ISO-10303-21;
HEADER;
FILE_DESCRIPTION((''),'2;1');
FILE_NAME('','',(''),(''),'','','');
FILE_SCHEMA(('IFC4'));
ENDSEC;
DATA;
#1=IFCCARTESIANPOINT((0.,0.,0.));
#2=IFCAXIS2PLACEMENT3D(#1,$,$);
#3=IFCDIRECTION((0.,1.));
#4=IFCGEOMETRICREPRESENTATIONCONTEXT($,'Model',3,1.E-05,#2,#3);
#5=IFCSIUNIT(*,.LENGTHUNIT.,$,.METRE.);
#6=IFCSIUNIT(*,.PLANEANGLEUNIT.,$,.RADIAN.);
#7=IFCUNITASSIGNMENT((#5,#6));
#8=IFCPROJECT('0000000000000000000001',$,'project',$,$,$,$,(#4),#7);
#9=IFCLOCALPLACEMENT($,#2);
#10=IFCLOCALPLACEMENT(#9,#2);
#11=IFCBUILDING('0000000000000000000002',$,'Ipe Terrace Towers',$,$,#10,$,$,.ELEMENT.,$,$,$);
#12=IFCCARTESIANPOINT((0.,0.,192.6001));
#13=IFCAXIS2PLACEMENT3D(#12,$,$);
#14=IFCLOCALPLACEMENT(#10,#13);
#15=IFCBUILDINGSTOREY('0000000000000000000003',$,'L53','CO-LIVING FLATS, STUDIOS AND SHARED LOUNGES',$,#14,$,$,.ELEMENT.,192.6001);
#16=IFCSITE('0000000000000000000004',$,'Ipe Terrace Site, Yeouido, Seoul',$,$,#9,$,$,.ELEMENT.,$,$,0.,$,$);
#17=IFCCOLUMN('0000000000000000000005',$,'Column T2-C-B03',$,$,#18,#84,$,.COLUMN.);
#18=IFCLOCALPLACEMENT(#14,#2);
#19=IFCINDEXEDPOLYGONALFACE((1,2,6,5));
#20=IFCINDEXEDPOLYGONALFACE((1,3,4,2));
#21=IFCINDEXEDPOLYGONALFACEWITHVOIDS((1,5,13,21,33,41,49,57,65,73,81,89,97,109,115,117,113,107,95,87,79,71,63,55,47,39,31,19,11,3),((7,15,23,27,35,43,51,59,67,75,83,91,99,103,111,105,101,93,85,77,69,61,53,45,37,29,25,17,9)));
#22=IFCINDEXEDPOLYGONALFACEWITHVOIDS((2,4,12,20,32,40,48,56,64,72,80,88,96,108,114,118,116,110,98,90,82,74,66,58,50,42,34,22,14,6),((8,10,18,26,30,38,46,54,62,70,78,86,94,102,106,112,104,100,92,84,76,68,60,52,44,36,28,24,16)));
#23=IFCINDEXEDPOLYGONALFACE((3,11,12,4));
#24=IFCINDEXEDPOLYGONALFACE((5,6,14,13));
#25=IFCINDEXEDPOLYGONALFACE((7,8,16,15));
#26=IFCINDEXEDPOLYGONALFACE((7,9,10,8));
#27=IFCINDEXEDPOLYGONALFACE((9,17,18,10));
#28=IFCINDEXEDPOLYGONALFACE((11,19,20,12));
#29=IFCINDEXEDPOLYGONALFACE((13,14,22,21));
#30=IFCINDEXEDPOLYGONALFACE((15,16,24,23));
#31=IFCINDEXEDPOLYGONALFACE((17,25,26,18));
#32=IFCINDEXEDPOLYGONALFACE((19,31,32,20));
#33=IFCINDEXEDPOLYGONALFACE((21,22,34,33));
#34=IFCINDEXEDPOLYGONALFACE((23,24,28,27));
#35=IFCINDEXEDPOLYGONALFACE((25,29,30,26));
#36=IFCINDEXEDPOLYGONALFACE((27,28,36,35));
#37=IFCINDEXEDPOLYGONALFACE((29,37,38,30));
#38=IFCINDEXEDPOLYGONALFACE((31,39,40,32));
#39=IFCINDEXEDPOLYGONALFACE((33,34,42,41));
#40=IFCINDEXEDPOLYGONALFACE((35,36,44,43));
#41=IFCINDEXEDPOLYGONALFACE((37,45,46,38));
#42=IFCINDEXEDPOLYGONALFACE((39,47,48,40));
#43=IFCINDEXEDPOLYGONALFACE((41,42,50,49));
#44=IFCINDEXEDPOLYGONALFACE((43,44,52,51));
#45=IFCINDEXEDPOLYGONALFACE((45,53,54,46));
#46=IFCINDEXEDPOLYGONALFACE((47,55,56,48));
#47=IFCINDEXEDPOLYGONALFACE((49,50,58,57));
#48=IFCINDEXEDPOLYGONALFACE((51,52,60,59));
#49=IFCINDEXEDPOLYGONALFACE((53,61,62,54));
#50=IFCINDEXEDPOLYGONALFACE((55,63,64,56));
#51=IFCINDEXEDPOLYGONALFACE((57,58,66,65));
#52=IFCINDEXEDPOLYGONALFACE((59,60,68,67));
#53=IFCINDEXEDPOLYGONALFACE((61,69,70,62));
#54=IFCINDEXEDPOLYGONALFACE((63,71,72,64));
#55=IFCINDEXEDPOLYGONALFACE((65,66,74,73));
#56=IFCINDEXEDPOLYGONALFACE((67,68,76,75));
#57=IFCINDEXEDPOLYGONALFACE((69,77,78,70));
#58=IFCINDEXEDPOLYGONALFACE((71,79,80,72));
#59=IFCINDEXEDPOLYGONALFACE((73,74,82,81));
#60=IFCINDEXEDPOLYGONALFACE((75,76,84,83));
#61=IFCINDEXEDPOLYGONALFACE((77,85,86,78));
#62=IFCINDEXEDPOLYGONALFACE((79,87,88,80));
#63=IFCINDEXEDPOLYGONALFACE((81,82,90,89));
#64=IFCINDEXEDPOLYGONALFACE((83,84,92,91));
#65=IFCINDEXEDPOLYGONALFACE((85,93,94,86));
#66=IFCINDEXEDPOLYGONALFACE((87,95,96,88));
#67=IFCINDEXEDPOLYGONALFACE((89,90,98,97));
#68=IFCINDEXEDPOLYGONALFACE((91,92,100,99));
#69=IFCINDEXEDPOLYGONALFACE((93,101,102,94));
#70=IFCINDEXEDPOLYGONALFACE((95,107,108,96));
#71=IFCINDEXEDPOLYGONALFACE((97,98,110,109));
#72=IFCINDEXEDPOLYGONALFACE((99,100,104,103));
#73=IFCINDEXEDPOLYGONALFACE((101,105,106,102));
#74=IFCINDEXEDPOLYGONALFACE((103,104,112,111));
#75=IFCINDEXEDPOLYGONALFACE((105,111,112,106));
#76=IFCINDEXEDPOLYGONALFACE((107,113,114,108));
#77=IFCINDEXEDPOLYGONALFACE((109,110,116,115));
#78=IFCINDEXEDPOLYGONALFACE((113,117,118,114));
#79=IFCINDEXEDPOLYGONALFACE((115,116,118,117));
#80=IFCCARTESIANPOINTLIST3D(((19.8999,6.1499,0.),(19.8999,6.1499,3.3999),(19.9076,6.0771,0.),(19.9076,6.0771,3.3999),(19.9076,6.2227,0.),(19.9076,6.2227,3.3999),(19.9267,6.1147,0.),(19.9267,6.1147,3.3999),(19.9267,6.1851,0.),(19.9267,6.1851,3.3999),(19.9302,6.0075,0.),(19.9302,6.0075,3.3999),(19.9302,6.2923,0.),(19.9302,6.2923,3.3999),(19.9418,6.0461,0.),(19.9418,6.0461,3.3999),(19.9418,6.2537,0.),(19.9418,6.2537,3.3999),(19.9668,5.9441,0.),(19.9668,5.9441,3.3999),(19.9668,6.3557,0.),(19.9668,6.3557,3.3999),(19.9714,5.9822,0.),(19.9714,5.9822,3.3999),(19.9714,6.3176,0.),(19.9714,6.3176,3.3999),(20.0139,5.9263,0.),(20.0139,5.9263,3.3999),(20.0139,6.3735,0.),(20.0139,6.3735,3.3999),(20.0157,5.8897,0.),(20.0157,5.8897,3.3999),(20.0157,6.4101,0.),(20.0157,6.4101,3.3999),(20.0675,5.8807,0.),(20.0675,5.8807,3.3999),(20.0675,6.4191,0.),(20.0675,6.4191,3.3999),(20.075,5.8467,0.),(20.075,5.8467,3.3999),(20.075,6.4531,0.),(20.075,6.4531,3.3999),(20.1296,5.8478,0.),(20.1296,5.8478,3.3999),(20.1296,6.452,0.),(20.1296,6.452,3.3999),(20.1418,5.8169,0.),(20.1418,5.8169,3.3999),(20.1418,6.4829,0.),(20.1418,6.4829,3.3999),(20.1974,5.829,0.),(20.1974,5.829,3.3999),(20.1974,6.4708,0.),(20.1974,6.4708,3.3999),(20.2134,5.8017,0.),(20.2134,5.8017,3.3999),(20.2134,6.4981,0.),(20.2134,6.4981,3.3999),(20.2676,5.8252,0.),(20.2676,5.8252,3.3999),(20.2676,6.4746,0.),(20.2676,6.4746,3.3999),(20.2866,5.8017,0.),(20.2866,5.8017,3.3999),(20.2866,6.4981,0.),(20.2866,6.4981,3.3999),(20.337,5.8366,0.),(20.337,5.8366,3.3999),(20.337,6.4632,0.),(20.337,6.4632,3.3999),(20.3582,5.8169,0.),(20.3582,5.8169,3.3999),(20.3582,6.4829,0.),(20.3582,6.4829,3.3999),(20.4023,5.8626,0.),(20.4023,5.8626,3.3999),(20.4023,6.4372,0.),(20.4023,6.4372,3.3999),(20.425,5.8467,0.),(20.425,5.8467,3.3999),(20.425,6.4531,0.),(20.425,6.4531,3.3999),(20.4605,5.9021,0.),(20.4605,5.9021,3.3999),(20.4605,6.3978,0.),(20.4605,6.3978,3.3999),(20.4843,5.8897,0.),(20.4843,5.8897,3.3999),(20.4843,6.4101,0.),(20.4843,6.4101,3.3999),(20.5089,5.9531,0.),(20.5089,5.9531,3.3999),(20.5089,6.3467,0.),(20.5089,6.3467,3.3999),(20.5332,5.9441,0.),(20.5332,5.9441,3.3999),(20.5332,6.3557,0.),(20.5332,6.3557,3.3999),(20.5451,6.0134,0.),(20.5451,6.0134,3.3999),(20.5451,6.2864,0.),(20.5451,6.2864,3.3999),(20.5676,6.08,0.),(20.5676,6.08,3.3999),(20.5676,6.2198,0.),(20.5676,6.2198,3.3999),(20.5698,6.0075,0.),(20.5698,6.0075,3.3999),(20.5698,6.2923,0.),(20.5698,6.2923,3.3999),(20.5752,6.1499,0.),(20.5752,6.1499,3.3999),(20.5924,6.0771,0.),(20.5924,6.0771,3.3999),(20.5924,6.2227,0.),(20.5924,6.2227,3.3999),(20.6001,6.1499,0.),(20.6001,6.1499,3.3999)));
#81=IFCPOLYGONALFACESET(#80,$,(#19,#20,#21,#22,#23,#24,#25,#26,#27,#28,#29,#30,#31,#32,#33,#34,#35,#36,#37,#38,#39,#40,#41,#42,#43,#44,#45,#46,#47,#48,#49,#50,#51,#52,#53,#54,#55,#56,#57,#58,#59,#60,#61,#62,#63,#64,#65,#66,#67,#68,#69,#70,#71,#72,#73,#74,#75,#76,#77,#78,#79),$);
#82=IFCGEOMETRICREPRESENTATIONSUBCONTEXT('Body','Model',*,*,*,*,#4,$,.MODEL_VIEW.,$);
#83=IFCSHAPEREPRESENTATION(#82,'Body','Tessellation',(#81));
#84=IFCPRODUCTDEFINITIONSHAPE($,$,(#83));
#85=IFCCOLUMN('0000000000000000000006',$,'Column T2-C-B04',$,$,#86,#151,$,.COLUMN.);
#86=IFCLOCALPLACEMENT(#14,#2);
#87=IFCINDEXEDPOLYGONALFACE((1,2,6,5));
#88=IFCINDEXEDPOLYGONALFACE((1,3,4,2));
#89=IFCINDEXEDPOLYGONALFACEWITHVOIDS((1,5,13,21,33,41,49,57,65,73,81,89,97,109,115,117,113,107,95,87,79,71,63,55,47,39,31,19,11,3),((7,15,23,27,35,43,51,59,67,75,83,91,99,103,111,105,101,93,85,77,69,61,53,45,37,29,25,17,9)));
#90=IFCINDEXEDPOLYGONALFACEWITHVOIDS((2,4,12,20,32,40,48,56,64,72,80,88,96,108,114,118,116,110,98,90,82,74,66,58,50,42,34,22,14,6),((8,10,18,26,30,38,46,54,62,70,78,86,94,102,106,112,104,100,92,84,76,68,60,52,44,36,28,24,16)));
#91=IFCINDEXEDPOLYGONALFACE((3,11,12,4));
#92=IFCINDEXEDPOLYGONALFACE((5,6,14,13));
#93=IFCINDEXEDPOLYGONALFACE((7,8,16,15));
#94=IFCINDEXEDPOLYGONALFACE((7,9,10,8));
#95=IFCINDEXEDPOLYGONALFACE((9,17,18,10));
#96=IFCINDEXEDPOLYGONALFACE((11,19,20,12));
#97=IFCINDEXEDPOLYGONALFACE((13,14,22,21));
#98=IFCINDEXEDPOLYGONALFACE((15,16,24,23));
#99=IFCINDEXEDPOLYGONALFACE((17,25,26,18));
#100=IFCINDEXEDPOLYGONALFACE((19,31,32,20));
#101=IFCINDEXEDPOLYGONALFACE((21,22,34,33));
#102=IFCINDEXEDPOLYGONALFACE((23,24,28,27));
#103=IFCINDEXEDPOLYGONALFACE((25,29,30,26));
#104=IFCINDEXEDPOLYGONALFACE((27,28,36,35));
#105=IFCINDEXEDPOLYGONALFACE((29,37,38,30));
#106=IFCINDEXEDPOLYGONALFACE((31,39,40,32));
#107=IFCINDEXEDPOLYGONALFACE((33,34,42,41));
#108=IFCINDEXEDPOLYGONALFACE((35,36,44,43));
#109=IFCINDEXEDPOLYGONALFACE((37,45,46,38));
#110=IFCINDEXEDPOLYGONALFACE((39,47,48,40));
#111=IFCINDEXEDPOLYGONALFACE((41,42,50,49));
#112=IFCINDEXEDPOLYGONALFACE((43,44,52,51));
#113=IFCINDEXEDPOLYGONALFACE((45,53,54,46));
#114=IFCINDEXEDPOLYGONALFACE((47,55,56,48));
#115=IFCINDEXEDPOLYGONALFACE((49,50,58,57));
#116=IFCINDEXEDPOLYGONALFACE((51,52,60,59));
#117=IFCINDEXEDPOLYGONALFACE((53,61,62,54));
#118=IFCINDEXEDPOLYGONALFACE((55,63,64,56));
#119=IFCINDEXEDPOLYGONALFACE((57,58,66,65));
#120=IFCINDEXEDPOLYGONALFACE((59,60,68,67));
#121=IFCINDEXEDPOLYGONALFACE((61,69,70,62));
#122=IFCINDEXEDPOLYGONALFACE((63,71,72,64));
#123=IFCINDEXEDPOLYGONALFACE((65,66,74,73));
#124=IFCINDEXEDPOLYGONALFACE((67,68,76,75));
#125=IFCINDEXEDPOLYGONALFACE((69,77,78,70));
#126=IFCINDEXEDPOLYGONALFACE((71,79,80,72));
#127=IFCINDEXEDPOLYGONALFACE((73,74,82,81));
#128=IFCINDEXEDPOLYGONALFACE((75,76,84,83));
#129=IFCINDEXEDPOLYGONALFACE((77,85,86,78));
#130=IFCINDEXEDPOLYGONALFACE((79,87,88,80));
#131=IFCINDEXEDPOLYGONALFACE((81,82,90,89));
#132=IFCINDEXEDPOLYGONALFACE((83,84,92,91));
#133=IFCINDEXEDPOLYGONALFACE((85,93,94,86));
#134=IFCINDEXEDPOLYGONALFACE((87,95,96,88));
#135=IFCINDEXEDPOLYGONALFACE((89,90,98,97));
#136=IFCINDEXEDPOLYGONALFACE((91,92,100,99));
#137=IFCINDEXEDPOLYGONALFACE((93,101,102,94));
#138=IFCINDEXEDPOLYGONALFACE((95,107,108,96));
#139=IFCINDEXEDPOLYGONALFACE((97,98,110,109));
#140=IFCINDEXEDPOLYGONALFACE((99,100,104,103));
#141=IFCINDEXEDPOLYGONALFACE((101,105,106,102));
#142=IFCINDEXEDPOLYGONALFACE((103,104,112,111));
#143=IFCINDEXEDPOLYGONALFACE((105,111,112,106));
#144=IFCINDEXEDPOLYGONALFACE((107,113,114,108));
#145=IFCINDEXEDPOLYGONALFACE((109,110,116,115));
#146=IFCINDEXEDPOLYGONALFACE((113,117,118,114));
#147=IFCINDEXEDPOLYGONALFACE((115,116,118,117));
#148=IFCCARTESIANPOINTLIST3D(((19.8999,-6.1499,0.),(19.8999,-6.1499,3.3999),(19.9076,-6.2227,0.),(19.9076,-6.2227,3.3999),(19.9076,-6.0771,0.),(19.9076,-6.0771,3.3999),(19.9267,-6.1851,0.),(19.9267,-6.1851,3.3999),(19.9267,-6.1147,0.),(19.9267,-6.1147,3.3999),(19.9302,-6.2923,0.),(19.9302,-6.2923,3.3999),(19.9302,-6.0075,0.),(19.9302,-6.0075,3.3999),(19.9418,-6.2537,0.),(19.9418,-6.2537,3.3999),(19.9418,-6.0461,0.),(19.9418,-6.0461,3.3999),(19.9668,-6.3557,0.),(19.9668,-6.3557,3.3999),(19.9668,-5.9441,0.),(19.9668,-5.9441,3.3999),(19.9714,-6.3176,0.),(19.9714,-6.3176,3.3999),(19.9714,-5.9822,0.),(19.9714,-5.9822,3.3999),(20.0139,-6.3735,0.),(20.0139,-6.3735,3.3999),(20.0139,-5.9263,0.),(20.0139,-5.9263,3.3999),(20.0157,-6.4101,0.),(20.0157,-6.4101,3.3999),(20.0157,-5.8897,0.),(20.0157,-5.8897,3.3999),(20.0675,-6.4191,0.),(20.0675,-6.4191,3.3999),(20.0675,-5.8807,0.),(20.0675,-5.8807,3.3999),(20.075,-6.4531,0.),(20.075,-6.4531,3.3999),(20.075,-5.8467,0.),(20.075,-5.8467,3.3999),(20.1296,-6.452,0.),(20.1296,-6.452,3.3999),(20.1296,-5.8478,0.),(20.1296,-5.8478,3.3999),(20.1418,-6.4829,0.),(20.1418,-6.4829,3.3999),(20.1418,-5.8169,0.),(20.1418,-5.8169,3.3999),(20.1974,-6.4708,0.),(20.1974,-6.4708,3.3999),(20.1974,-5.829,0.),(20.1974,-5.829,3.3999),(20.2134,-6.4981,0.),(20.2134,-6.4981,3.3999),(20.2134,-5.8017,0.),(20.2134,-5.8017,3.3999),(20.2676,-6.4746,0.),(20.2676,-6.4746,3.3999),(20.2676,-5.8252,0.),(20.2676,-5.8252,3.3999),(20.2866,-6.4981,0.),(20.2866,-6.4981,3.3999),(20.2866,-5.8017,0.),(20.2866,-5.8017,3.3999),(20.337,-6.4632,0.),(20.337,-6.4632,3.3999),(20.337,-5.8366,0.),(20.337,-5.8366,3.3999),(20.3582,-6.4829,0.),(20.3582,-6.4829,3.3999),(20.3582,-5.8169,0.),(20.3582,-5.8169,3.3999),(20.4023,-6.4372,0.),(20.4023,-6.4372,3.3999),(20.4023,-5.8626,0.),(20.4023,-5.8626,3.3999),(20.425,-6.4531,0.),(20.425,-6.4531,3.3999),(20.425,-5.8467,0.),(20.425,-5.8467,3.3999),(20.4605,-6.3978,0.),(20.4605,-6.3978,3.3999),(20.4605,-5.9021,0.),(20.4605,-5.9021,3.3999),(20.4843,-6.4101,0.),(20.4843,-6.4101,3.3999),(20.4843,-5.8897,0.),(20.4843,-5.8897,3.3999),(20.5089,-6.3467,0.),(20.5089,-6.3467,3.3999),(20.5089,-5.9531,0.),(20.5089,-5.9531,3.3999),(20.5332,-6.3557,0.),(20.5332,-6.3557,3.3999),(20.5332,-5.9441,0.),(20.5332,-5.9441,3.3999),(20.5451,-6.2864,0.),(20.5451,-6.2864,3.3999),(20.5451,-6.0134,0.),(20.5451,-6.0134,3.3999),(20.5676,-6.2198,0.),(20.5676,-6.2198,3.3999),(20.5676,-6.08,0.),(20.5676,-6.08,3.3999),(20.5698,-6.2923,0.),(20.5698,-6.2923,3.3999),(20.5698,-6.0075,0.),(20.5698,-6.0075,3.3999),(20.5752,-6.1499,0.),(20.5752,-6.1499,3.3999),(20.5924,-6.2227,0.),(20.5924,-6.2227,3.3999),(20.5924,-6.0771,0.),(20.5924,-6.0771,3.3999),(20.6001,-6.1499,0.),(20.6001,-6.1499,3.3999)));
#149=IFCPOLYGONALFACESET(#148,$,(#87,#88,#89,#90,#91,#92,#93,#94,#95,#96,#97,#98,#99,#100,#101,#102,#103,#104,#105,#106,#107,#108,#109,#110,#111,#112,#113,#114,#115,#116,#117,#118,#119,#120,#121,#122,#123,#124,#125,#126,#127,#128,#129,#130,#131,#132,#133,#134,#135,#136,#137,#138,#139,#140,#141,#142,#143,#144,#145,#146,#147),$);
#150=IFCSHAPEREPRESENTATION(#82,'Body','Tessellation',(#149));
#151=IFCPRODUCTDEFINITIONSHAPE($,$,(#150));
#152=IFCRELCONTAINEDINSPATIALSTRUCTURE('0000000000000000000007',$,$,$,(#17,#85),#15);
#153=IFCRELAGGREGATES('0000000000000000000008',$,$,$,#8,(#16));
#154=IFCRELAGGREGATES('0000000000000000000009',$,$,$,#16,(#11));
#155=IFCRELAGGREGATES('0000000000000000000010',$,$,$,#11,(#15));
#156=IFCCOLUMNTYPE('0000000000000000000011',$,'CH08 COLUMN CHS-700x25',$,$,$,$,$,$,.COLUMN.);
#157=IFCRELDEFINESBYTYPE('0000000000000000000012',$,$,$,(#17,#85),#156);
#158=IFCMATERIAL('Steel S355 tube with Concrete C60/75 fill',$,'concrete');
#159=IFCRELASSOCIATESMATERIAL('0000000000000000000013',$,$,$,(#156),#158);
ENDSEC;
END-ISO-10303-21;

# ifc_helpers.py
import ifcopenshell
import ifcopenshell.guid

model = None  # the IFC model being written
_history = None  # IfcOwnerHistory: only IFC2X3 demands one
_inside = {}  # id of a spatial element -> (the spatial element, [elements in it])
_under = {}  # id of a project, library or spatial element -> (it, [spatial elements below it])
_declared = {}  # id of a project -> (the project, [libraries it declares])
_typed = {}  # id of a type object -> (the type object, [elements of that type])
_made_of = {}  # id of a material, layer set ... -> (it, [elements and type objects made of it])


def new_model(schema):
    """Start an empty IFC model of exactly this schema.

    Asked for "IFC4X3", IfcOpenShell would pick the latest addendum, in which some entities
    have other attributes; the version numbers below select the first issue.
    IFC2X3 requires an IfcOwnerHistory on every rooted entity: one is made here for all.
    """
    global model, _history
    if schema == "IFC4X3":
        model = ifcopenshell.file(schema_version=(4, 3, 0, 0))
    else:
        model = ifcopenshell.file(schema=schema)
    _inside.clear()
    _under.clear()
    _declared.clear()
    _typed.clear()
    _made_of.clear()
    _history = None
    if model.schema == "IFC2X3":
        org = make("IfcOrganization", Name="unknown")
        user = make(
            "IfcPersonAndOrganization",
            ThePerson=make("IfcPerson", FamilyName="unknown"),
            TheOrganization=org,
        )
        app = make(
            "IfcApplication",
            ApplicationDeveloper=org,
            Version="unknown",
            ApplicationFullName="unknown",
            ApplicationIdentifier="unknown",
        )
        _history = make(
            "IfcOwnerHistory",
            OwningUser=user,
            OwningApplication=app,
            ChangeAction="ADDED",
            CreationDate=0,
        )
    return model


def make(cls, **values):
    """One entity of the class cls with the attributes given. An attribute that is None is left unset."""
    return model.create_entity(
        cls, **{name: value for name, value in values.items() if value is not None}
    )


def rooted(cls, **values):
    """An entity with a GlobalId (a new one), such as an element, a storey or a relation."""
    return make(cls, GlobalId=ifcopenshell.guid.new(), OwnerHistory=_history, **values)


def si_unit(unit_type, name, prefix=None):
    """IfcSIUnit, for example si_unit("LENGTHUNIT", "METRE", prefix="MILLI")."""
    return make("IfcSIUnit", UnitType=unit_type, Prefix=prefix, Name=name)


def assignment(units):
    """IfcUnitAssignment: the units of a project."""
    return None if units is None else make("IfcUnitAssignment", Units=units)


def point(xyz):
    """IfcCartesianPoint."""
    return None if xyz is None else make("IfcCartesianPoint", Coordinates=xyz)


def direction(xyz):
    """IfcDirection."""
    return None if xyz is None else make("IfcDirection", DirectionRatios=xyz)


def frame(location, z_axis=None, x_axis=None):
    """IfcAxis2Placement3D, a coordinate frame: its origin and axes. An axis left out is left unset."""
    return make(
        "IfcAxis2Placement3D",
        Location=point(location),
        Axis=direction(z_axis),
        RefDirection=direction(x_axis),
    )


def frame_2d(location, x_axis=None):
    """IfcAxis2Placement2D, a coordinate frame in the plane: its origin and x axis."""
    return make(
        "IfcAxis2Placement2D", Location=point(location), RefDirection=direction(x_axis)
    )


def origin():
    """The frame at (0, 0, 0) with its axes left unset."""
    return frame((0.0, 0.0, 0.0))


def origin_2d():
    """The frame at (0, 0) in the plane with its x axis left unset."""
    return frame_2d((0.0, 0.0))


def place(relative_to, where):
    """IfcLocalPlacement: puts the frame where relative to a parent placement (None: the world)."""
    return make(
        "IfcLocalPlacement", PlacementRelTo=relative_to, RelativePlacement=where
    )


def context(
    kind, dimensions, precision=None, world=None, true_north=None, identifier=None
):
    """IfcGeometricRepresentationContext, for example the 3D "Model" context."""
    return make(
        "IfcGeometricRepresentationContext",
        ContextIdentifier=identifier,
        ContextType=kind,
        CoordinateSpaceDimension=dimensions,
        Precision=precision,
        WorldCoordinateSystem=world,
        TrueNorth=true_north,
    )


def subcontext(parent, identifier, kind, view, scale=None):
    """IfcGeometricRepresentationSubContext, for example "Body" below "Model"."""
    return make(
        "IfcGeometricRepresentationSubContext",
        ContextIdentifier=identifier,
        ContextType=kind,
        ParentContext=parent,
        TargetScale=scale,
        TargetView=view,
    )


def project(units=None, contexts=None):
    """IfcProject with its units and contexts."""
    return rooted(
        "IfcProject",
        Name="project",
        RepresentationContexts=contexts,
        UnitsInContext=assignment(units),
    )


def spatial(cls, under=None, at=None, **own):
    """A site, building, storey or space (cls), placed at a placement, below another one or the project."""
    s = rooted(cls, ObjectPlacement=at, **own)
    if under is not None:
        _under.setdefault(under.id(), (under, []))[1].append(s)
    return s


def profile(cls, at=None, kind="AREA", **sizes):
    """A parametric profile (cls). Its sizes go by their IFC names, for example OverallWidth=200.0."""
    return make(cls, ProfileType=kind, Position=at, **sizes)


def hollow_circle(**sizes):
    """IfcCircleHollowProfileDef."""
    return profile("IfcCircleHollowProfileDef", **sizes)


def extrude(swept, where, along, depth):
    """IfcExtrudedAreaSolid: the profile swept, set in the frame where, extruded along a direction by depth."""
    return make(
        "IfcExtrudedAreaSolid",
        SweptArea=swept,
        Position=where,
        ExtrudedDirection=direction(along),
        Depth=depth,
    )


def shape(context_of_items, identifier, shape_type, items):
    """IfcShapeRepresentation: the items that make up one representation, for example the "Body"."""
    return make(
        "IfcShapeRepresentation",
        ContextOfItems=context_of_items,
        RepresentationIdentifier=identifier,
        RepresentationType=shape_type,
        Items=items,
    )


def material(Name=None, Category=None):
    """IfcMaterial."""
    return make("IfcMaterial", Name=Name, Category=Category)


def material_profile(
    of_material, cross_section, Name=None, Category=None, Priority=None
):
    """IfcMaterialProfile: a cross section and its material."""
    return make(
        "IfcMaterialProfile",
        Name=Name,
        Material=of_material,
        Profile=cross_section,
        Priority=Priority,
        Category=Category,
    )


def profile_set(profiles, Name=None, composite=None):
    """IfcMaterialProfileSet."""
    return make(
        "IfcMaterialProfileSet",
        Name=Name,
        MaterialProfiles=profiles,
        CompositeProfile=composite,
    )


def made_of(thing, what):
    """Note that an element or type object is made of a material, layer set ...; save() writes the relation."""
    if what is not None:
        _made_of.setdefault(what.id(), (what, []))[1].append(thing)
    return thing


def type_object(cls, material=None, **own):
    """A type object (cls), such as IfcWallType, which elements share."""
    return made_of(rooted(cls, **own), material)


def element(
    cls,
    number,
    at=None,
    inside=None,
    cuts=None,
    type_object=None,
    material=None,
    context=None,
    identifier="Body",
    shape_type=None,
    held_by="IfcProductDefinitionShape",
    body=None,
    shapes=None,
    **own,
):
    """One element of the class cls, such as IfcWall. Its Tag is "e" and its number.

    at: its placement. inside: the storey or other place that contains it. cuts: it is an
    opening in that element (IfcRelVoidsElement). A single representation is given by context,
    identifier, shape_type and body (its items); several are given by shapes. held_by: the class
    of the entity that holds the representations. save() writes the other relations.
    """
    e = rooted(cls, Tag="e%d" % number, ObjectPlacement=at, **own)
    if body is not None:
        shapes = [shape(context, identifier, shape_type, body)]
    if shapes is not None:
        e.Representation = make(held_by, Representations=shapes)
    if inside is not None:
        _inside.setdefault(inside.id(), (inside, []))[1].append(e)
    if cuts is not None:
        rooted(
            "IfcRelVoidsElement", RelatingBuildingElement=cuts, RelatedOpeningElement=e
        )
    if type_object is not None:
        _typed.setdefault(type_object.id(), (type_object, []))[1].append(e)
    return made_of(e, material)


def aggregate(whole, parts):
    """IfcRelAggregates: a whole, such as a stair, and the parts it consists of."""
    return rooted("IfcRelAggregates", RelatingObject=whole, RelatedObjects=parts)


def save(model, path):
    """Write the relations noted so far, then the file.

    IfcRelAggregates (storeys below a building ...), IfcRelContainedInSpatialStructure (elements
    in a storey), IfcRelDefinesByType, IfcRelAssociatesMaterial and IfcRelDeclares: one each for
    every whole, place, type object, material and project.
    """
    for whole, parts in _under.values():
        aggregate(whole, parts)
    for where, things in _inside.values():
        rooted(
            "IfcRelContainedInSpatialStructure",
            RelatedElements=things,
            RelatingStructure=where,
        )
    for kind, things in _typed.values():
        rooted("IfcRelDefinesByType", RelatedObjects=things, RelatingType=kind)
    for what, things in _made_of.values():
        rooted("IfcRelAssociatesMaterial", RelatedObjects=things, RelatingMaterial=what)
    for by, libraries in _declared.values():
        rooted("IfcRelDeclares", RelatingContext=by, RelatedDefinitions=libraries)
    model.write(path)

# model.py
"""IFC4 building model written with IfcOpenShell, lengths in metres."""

from ifc_helpers import new_model, si_unit, direction, frame, origin, origin_2d, place, context, subcontext, project, spatial, hollow_circle, extrude, material, material_profile, profile_set, type_object, element, save


model = new_model("IFC4")

# Units and contexts
model_context = context("Model", 3, precision=1e-05, world=origin(), true_north=direction((0.0, 1.0)))
body_context = subcontext(model_context, "Body", "Model", "MODEL_VIEW")
ifc_project = project(units=[si_unit("LENGTHUNIT", "METRE"), si_unit("PLANEANGLEUNIT", "RADIAN")], contexts=[model_context])

# Site, building, storey
site_placement = place(None, origin())
site = spatial("IfcSite", under=ifc_project, at=site_placement, Name="Ipe Terrace Site, Yeouido, Seoul", CompositionType="ELEMENT", RefElevation=0.0)
building_placement = place(site_placement, origin())
building = spatial("IfcBuilding", under=site, at=building_placement, Name="Ipe Terrace Towers", CompositionType="ELEMENT")
storey_placement = place(building_placement, frame((0.0, 0.0, 192.6001)))
storey = spatial("IfcBuildingStorey", under=building, at=storey_placement, Name="L53", Description="CO-LIVING FLATS, STUDIOS AND SHARED LOUNGES", CompositionType="ELEMENT", Elevation=192.6001)

# Columns
ifc_material_1 = material(Name="Steel S355 tube with Concrete C60/75 fill", Category="concrete")
ifc_material_profile_1 = material_profile(ifc_material_1, hollow_circle(Radius=0.3501, WallThickness=0.0249, at=origin_2d()), Name="CHS-700x25")
ifc_profile_set_1 = profile_set([ifc_material_profile_1], Name="Steel S355 tube with Concrete C60/75 fill")
column_type = type_object("IfcColumnType", Name="CH08 COLUMN CHS-700x25", PredefinedType="COLUMN", material=ifc_profile_set_1)
for number, where, z_axis, x_axis, name in (
    (1, (20.25, 6.1499, 0.0), (0.0, 0.0, 1.0), (1.0, 0.0, 0.0), "Column T2-C-B03"),
    (2, (20.25, -6.1499, 0.0), (0.0, 0.0, 1.0), (1.0, 0.0, 0.0), "Column T2-C-B04"),
):
    element("IfcColumn", number, at=place(storey_placement, frame(where, z_axis=z_axis, x_axis=x_axis)), inside=storey, type_object=column_type, Name=name, PredefinedType="COLUMN", context=body_context, shape_type="SweptSolid", body=[
        extrude(hollow_circle(Radius=0.3501, WallThickness=0.0249, at=origin_2d()), origin(), (0.0, 0.0, 1.0), 3.3999),
    ])

save(model, "model.ifc")
